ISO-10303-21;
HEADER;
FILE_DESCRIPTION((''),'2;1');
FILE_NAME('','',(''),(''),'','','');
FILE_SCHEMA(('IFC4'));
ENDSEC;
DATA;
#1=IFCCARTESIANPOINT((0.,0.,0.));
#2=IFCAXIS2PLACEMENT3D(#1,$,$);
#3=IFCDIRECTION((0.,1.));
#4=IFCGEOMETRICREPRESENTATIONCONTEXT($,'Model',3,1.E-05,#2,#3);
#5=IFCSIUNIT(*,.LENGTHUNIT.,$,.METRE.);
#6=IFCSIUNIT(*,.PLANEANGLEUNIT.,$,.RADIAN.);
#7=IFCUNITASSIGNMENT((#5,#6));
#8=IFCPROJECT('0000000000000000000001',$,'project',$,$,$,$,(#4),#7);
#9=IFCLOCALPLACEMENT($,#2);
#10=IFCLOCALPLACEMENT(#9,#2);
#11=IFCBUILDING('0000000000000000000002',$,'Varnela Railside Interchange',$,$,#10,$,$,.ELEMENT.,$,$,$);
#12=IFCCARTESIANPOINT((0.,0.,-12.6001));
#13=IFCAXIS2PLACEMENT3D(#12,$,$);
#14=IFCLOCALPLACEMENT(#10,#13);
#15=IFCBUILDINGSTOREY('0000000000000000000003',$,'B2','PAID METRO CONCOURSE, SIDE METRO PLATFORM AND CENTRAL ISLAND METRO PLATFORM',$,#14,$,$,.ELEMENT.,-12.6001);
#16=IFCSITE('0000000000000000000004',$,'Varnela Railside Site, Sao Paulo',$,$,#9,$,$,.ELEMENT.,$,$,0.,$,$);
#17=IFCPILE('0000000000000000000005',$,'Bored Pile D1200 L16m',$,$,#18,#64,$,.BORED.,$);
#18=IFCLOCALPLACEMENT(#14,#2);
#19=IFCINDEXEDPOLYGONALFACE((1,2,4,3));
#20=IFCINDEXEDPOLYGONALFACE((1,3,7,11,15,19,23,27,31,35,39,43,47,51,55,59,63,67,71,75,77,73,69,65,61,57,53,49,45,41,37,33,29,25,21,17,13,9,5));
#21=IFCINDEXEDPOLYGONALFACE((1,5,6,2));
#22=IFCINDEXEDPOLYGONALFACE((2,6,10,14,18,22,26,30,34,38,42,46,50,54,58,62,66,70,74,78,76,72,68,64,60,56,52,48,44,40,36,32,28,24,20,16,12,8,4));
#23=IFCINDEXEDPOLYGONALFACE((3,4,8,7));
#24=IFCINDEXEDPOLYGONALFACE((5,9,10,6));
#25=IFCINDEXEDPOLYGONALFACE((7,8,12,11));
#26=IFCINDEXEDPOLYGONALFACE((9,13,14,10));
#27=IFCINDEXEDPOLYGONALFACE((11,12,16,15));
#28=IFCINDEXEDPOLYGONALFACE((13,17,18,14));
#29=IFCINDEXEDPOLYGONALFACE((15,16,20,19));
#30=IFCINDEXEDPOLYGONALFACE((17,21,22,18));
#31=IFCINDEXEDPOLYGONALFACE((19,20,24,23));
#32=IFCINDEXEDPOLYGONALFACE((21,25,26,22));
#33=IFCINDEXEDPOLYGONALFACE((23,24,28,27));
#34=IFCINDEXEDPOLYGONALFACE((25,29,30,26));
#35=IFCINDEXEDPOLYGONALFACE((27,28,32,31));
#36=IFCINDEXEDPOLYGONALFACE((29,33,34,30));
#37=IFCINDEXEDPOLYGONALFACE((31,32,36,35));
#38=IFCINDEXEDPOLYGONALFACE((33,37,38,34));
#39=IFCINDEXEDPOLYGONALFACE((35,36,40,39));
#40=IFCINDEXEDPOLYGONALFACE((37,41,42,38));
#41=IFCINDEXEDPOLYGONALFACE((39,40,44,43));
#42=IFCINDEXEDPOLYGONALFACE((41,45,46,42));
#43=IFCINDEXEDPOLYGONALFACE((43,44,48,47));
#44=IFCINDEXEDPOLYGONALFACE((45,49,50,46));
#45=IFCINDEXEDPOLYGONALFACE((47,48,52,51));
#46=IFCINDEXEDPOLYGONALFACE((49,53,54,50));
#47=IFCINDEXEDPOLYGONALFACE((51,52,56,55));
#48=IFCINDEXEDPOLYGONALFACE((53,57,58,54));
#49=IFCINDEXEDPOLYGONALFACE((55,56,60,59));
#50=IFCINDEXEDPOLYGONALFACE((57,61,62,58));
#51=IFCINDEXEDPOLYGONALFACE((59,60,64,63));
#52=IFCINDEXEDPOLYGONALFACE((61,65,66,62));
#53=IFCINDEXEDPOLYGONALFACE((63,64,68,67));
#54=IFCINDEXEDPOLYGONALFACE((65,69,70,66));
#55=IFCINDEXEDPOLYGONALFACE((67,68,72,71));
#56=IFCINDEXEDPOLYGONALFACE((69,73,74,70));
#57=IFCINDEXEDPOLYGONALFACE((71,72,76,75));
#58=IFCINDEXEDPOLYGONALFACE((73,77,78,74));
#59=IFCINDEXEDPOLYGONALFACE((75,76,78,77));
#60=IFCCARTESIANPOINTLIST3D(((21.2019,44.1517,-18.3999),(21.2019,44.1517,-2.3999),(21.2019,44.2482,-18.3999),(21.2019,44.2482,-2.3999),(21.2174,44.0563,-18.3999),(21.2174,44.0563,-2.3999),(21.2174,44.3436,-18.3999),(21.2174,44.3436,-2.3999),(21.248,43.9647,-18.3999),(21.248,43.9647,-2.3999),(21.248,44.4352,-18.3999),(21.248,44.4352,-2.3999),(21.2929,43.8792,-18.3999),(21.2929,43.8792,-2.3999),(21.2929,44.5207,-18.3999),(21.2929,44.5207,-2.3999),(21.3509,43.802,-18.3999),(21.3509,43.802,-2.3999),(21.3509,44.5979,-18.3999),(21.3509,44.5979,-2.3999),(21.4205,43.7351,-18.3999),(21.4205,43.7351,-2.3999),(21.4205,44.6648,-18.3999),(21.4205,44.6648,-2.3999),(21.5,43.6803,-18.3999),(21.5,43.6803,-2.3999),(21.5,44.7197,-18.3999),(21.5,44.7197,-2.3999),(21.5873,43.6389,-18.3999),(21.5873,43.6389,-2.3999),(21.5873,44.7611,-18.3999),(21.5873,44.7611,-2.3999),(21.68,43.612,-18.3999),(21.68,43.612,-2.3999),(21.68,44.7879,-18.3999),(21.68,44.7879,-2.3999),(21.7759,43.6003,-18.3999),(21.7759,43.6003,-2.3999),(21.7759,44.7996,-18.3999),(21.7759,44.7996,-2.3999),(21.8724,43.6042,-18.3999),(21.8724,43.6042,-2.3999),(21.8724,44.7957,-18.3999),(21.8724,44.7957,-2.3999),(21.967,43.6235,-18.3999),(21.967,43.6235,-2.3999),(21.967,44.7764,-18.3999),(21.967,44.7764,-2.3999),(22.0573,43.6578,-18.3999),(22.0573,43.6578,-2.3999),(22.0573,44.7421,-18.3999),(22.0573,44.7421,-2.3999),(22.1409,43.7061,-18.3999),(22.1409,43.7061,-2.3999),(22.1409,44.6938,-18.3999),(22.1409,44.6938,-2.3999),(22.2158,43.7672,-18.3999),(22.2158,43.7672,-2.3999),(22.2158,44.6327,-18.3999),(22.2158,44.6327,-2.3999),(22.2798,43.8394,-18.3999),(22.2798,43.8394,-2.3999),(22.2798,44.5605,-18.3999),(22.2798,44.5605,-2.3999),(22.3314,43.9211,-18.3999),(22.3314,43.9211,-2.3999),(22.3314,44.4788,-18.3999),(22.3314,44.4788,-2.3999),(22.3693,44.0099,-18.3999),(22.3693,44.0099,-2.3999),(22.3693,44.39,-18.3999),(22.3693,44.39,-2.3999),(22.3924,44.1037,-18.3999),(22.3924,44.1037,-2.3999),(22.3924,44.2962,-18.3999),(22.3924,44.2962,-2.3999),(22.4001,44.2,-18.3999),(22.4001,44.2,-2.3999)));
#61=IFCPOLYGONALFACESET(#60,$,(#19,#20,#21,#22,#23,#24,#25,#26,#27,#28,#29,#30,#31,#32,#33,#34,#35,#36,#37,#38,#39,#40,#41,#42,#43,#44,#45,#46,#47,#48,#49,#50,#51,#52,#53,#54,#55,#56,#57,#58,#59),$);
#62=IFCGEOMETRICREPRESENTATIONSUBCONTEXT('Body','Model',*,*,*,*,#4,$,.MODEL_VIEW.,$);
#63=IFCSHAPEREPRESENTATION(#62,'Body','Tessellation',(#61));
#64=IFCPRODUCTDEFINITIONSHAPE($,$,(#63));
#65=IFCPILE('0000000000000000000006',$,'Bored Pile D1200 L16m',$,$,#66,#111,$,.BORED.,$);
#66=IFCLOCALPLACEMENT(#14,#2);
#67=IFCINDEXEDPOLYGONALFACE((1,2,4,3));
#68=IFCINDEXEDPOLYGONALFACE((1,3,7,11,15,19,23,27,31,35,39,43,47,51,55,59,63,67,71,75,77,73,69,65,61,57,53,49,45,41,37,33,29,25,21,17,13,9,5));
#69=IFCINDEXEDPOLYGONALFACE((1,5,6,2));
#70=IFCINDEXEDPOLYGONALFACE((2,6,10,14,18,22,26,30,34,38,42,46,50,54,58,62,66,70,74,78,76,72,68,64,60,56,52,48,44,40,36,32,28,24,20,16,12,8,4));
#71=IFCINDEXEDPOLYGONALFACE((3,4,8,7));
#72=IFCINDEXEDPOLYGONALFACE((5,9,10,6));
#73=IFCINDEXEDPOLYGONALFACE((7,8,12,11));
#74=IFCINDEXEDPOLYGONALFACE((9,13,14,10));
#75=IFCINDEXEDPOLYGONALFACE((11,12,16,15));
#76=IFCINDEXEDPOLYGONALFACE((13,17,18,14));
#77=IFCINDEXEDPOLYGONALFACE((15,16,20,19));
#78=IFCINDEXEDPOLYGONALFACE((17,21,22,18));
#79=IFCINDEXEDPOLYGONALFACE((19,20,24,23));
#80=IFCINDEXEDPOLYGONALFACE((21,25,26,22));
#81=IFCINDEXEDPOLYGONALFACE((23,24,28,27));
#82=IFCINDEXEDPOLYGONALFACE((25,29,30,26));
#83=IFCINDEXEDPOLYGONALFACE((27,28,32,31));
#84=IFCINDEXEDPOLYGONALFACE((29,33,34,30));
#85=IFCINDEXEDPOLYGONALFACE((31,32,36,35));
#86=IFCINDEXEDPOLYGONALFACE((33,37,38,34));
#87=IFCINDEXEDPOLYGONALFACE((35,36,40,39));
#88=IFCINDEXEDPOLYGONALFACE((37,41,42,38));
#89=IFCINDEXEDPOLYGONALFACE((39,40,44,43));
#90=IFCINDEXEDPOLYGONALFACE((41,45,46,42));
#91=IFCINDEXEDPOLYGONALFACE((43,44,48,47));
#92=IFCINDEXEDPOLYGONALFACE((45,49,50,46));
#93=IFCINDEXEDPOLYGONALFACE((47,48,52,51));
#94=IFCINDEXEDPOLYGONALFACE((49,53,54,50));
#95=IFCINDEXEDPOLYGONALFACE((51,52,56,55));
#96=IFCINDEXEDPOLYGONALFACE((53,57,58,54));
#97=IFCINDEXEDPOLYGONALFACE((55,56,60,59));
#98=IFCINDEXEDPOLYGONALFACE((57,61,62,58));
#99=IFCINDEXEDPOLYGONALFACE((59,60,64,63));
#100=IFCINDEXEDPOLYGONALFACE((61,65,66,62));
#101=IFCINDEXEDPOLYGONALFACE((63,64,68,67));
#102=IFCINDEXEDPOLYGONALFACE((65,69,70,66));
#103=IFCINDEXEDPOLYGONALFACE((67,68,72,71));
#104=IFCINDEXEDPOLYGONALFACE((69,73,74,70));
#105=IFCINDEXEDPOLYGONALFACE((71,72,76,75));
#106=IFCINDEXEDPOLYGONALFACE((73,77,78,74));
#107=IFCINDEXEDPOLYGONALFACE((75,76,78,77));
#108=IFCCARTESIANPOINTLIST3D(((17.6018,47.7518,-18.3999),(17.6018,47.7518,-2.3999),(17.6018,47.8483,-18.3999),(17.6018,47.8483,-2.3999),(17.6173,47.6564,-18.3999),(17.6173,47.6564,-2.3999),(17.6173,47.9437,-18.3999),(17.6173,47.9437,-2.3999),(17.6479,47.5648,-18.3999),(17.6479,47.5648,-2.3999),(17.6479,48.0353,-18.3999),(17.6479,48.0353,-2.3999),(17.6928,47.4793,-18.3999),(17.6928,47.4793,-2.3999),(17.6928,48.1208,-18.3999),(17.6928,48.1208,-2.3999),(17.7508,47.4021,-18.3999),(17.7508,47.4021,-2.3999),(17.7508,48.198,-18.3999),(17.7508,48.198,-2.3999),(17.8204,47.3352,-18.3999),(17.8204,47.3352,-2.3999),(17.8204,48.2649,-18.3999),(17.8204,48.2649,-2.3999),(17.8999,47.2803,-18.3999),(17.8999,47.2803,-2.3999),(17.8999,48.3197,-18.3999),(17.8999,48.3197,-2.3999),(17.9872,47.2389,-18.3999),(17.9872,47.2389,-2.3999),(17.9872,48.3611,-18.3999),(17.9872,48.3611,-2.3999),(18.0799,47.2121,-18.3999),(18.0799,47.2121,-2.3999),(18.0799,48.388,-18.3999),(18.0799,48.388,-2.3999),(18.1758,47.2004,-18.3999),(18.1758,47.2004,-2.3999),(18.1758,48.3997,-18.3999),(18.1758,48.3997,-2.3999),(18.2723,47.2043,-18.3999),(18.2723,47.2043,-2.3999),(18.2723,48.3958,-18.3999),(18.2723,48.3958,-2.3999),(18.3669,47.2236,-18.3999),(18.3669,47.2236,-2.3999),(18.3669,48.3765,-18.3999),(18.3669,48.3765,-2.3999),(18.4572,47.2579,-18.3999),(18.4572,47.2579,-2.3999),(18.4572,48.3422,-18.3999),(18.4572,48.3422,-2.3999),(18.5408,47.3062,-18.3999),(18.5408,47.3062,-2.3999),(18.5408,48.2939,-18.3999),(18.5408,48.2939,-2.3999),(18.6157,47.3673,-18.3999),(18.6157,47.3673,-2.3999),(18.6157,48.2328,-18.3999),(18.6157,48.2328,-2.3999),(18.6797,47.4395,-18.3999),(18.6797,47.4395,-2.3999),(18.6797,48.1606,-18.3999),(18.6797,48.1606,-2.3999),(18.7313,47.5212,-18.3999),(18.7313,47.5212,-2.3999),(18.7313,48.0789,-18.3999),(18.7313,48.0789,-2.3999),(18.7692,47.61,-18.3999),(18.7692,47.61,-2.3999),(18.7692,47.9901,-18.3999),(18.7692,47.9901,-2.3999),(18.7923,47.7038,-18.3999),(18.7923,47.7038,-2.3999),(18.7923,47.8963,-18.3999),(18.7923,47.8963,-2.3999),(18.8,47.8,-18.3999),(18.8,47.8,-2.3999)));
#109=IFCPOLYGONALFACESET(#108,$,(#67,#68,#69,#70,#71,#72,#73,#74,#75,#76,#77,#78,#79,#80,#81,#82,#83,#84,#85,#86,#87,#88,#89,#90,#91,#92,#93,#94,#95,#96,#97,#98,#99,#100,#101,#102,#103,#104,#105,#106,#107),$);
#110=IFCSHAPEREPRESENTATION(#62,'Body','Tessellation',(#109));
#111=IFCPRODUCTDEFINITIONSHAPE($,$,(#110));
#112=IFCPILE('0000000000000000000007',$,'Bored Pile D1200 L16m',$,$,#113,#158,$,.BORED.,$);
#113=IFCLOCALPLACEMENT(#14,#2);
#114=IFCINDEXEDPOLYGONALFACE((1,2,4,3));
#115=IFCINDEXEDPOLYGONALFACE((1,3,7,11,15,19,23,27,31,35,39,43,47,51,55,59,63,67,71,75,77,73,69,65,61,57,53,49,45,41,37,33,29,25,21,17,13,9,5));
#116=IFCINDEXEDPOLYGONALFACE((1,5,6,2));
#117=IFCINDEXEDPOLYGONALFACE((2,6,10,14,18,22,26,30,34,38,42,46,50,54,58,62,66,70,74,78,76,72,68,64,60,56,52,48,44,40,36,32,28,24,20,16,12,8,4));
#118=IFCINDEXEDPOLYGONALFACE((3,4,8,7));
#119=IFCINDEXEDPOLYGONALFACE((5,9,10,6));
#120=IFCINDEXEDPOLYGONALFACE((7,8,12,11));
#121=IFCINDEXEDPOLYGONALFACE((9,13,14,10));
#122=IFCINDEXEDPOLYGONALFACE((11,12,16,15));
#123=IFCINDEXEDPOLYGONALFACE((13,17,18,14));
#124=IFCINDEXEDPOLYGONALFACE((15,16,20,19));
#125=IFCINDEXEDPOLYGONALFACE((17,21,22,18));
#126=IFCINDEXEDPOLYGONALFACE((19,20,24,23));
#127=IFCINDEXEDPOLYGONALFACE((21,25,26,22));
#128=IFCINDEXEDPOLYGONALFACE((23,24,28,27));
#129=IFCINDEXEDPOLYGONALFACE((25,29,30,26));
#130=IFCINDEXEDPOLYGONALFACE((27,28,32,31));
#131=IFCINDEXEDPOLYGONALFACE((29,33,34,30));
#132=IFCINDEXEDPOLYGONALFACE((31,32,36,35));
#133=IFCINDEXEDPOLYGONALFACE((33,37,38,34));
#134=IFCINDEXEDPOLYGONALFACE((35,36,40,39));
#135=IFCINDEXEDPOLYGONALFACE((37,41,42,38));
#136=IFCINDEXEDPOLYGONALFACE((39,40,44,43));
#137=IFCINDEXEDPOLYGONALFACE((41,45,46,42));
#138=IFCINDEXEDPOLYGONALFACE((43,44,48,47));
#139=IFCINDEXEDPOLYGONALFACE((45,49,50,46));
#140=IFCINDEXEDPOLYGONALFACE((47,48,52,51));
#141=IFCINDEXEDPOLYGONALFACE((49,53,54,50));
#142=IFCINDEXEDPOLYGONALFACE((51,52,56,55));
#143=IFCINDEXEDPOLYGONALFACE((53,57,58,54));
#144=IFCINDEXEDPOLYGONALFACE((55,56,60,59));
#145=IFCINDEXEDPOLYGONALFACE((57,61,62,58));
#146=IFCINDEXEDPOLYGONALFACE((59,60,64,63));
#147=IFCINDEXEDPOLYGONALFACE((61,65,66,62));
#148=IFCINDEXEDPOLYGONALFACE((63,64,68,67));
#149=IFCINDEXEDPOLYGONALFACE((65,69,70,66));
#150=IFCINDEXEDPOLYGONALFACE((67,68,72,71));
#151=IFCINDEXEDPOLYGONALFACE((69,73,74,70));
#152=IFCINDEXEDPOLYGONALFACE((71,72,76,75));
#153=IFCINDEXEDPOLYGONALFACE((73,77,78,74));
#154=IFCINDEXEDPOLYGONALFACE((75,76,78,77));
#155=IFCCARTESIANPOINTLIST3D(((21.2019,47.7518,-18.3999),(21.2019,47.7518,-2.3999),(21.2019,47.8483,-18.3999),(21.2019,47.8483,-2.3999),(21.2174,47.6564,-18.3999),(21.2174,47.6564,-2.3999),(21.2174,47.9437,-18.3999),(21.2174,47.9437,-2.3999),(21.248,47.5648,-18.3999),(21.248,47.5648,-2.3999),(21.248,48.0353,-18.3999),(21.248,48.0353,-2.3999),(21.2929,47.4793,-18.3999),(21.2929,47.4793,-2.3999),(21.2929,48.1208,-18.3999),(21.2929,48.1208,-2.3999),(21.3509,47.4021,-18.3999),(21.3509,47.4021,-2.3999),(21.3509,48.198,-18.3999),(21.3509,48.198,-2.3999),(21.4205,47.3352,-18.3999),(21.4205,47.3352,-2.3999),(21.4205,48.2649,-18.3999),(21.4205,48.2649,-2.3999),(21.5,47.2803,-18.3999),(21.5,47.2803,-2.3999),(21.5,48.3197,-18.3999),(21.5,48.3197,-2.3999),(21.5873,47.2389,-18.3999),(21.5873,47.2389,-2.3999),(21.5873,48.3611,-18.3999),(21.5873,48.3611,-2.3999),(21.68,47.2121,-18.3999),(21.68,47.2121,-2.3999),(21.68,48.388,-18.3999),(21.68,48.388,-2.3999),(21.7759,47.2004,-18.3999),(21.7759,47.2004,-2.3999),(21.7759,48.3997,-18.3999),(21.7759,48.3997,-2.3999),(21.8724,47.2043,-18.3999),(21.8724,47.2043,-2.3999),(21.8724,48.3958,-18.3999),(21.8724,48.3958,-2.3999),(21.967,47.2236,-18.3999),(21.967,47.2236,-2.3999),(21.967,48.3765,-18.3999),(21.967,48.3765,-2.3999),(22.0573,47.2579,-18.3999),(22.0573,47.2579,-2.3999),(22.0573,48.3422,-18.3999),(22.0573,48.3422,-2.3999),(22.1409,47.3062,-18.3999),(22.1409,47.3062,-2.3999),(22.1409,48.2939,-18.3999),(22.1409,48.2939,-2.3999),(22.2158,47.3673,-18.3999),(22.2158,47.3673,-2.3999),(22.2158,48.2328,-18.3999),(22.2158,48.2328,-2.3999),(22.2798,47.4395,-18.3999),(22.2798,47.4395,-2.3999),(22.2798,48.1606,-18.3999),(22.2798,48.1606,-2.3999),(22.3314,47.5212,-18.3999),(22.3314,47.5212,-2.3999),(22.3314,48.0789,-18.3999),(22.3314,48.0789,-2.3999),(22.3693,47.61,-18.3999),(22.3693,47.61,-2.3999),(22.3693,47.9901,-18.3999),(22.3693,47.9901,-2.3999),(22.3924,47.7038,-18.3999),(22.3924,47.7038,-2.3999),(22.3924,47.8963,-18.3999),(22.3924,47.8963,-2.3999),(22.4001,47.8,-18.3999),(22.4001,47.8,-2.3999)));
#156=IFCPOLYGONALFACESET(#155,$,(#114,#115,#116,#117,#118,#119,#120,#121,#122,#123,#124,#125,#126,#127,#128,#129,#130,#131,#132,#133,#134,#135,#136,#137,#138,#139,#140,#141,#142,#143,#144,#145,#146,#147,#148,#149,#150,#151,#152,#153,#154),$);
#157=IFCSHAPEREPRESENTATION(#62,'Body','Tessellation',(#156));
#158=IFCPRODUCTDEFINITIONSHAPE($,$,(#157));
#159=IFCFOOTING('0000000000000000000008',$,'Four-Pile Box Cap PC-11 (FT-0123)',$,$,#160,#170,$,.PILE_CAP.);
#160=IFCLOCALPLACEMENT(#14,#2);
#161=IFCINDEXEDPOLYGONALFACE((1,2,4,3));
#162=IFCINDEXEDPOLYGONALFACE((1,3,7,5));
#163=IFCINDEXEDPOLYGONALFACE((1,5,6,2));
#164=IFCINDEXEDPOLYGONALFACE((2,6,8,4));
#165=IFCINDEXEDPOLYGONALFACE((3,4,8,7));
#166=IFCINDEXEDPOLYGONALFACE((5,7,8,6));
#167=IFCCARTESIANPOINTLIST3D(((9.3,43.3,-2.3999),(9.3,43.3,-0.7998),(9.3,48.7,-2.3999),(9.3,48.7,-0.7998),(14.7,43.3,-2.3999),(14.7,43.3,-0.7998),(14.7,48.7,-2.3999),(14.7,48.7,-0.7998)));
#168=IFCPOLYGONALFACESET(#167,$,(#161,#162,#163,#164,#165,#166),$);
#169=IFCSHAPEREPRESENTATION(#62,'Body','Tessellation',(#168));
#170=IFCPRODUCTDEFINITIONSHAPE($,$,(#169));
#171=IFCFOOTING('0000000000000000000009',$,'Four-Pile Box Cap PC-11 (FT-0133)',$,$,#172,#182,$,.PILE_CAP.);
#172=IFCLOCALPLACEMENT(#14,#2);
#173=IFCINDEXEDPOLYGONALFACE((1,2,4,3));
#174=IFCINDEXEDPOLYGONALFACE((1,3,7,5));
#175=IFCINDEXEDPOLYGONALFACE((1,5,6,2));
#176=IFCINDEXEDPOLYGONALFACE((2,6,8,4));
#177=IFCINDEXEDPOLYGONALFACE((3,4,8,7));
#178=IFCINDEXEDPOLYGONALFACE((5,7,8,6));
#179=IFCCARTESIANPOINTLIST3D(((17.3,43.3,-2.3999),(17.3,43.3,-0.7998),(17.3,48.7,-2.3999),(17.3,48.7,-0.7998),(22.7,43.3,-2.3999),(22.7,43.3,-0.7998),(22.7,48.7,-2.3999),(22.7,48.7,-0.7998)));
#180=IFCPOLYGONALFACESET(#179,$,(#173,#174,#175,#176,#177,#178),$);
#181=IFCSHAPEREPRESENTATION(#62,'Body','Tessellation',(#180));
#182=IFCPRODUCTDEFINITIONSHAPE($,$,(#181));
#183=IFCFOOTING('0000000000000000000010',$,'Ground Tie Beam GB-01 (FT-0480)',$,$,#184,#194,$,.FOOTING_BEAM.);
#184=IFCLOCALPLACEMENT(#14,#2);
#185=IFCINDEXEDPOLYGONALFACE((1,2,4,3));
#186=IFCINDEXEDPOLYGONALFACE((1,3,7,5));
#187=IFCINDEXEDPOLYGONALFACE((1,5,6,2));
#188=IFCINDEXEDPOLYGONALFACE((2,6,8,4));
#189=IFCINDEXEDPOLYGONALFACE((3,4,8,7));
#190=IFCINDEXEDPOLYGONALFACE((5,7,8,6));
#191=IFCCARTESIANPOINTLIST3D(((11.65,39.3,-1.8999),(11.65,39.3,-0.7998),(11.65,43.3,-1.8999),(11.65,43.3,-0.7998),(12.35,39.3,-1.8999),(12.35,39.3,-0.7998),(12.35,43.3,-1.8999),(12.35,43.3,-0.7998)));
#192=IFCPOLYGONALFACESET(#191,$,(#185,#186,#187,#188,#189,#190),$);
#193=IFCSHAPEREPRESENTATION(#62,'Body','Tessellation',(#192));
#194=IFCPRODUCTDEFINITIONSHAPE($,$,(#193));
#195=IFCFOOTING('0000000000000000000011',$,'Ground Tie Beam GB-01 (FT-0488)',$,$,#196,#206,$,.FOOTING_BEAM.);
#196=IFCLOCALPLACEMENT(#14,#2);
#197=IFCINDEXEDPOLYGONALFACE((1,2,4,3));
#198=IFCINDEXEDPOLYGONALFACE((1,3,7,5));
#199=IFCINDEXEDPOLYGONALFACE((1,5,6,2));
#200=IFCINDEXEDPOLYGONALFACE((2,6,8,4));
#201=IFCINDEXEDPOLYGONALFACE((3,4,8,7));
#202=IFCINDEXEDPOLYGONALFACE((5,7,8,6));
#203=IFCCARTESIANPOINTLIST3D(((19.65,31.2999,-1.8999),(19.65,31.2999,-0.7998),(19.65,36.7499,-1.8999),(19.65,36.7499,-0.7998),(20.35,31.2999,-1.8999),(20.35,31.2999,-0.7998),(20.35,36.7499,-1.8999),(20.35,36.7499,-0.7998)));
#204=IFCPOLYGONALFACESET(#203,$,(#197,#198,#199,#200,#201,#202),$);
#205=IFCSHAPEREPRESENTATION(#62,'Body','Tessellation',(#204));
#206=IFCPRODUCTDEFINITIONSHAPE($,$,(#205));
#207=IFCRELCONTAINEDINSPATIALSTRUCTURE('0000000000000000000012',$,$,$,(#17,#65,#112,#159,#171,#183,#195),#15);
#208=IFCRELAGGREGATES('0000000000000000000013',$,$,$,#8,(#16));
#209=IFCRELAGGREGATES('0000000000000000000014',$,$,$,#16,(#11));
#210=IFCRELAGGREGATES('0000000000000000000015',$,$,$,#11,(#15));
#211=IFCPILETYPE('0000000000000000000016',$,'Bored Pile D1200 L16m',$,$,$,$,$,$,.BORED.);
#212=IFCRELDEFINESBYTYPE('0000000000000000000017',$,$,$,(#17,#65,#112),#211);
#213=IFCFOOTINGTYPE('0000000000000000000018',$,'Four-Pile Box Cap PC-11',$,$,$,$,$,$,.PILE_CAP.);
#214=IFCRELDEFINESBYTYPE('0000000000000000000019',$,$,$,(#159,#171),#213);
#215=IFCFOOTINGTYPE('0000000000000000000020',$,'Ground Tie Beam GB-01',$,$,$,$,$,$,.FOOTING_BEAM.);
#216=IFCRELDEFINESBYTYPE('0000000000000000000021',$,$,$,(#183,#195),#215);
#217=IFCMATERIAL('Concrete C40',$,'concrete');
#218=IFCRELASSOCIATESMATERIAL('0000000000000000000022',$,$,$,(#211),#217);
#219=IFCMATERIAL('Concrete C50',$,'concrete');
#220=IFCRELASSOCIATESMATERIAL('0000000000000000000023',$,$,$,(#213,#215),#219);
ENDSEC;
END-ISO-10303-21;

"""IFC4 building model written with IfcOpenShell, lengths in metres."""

from ifc_helpers import new_model, si_unit, direction, frame, origin, origin_2d, place, context, subcontext, project, spatial, rectangle, circle, extrude, material, material_profile, profile_set, type_object, element, save


model = new_model("IFC4")

# Units and contexts
model_context = context("Model", 3, precision=1e-05, world=origin(), true_north=direction((0.0, 1.0)))
body_context = subcontext(model_context, "Body", "Model", "MODEL_VIEW")
ifc_project = project(units=[si_unit("LENGTHUNIT", "METRE"), si_unit("PLANEANGLEUNIT", "RADIAN")], contexts=[model_context])

# Site, building, storey
site_placement = place(None, origin())
site = spatial("IfcSite", under=ifc_project, at=site_placement, Name="Varnela Railside Site, Sao Paulo", CompositionType="ELEMENT", RefElevation=0.0)
building_placement = place(site_placement, origin())
building = spatial("IfcBuilding", under=site, at=building_placement, Name="Varnela Railside Interchange", CompositionType="ELEMENT")
storey_placement = place(building_placement, frame((0.0, 0.0, -12.6001)))
storey = spatial("IfcBuildingStorey", under=building, at=storey_placement, Name="B2", Description="PAID METRO CONCOURSE, SIDE METRO PLATFORM AND CENTRAL ISLAND METRO PLATFORM", CompositionType="ELEMENT", Elevation=-12.6001)

# Piles
ifc_material_1 = material(Name="Concrete C40", Category="concrete")
ifc_material_profile_1 = material_profile(ifc_material_1, circle(Radius=0.6001, at=origin_2d()), Name="BORED PILE D1200")
ifc_profile_set_1 = profile_set([ifc_material_profile_1], Name="Concrete C40")
pile_type_1 = type_object("IfcPileType", Name="Bored Pile D1200 L16m", PredefinedType="BORED", material=ifc_profile_set_1)
for number, where, z_axis, x_axis, name in (
    (1, (21.8, 44.2, -2.3999), (0.0, 0.0, -1.0), (1.0, 0.0, 0.0), "Bored Pile D1200 L16m"),
    (2, (18.2, 47.8, -2.3999), (0.0, 0.0, -1.0), (1.0, 0.0, 0.0), "Bored Pile D1200 L16m"),
    (3, (21.8, 47.8, -2.3999), (0.0, 0.0, -1.0), (1.0, 0.0, 0.0), "Bored Pile D1200 L16m"),
):
    element("IfcPile", number, at=place(storey_placement, frame(where, z_axis=z_axis, x_axis=x_axis)), inside=storey, type_object=pile_type_1, Name=name, PredefinedType="BORED", context=body_context, shape_type="SweptSolid", body=[
        extrude(circle(Radius=0.6001, at=origin_2d()), origin(), (0.0, 0.0, 1.0), 16.0),
    ])

# Footings
ifc_material_2 = material(Name="Concrete C50", Category="concrete")
footing_type_1 = type_object("IfcFootingType", Name="Four-Pile Box Cap PC-11", PredefinedType="PILE_CAP", material=ifc_material_2)
for number, where, z_axis, x_axis, name in (
    (4, (12.0, 46.0, -2.3999), (0.0, 0.0, 1.0), (1.0, 0.0, 0.0), "Four-Pile Box Cap PC-11 (FT-0123)"),
    (5, (20.0, 46.0, -2.3999), (0.0, 0.0, 1.0), (1.0, 0.0, 0.0), "Four-Pile Box Cap PC-11 (FT-0133)"),
):
    element("IfcFooting", number, at=place(storey_placement, frame(where, z_axis=z_axis, x_axis=x_axis)), inside=storey, type_object=footing_type_1, Name=name, PredefinedType="PILE_CAP", context=body_context, shape_type="SweptSolid", body=[
        extrude(rectangle(XDim=5.3999, YDim=5.3999, at=origin_2d()), origin(), (0.0, 0.0, 1.0), 1.6001),
    ])
footing_type_2 = type_object("IfcFootingType", Name="Ground Tie Beam GB-01", PredefinedType="FOOTING_BEAM", material=ifc_material_2)
footing_1_placement = place(storey_placement, frame((12.0, 41.3, -1.8999), z_axis=(0.0, 0.0, 1.0), x_axis=(1.0, 0.0, 0.0)))
element("IfcFooting", 6, at=footing_1_placement, inside=storey, type_object=footing_type_2, Name="Ground Tie Beam GB-01 (FT-0480)", PredefinedType="FOOTING_BEAM", context=body_context, shape_type="SweptSolid", body=[
    extrude(rectangle(XDim=0.7, YDim=4.0, at=origin_2d()), origin(), (0.0, 0.0, 1.0), 1.1001),
])
footing_2_placement = place(storey_placement, frame((20.0, 34.0249, -1.8999), z_axis=(0.0, 0.0, 1.0), x_axis=(1.0, 0.0, 0.0)))
element("IfcFooting", 7, at=footing_2_placement, inside=storey, type_object=footing_type_2, Name="Ground Tie Beam GB-01 (FT-0488)", PredefinedType="FOOTING_BEAM", context=body_context, shape_type="SweptSolid", body=[
    extrude(rectangle(XDim=0.7, YDim=5.45, at=origin_2d()), origin(), (0.0, 0.0, 1.0), 1.1001),
])

save(model, "model.ifc")
